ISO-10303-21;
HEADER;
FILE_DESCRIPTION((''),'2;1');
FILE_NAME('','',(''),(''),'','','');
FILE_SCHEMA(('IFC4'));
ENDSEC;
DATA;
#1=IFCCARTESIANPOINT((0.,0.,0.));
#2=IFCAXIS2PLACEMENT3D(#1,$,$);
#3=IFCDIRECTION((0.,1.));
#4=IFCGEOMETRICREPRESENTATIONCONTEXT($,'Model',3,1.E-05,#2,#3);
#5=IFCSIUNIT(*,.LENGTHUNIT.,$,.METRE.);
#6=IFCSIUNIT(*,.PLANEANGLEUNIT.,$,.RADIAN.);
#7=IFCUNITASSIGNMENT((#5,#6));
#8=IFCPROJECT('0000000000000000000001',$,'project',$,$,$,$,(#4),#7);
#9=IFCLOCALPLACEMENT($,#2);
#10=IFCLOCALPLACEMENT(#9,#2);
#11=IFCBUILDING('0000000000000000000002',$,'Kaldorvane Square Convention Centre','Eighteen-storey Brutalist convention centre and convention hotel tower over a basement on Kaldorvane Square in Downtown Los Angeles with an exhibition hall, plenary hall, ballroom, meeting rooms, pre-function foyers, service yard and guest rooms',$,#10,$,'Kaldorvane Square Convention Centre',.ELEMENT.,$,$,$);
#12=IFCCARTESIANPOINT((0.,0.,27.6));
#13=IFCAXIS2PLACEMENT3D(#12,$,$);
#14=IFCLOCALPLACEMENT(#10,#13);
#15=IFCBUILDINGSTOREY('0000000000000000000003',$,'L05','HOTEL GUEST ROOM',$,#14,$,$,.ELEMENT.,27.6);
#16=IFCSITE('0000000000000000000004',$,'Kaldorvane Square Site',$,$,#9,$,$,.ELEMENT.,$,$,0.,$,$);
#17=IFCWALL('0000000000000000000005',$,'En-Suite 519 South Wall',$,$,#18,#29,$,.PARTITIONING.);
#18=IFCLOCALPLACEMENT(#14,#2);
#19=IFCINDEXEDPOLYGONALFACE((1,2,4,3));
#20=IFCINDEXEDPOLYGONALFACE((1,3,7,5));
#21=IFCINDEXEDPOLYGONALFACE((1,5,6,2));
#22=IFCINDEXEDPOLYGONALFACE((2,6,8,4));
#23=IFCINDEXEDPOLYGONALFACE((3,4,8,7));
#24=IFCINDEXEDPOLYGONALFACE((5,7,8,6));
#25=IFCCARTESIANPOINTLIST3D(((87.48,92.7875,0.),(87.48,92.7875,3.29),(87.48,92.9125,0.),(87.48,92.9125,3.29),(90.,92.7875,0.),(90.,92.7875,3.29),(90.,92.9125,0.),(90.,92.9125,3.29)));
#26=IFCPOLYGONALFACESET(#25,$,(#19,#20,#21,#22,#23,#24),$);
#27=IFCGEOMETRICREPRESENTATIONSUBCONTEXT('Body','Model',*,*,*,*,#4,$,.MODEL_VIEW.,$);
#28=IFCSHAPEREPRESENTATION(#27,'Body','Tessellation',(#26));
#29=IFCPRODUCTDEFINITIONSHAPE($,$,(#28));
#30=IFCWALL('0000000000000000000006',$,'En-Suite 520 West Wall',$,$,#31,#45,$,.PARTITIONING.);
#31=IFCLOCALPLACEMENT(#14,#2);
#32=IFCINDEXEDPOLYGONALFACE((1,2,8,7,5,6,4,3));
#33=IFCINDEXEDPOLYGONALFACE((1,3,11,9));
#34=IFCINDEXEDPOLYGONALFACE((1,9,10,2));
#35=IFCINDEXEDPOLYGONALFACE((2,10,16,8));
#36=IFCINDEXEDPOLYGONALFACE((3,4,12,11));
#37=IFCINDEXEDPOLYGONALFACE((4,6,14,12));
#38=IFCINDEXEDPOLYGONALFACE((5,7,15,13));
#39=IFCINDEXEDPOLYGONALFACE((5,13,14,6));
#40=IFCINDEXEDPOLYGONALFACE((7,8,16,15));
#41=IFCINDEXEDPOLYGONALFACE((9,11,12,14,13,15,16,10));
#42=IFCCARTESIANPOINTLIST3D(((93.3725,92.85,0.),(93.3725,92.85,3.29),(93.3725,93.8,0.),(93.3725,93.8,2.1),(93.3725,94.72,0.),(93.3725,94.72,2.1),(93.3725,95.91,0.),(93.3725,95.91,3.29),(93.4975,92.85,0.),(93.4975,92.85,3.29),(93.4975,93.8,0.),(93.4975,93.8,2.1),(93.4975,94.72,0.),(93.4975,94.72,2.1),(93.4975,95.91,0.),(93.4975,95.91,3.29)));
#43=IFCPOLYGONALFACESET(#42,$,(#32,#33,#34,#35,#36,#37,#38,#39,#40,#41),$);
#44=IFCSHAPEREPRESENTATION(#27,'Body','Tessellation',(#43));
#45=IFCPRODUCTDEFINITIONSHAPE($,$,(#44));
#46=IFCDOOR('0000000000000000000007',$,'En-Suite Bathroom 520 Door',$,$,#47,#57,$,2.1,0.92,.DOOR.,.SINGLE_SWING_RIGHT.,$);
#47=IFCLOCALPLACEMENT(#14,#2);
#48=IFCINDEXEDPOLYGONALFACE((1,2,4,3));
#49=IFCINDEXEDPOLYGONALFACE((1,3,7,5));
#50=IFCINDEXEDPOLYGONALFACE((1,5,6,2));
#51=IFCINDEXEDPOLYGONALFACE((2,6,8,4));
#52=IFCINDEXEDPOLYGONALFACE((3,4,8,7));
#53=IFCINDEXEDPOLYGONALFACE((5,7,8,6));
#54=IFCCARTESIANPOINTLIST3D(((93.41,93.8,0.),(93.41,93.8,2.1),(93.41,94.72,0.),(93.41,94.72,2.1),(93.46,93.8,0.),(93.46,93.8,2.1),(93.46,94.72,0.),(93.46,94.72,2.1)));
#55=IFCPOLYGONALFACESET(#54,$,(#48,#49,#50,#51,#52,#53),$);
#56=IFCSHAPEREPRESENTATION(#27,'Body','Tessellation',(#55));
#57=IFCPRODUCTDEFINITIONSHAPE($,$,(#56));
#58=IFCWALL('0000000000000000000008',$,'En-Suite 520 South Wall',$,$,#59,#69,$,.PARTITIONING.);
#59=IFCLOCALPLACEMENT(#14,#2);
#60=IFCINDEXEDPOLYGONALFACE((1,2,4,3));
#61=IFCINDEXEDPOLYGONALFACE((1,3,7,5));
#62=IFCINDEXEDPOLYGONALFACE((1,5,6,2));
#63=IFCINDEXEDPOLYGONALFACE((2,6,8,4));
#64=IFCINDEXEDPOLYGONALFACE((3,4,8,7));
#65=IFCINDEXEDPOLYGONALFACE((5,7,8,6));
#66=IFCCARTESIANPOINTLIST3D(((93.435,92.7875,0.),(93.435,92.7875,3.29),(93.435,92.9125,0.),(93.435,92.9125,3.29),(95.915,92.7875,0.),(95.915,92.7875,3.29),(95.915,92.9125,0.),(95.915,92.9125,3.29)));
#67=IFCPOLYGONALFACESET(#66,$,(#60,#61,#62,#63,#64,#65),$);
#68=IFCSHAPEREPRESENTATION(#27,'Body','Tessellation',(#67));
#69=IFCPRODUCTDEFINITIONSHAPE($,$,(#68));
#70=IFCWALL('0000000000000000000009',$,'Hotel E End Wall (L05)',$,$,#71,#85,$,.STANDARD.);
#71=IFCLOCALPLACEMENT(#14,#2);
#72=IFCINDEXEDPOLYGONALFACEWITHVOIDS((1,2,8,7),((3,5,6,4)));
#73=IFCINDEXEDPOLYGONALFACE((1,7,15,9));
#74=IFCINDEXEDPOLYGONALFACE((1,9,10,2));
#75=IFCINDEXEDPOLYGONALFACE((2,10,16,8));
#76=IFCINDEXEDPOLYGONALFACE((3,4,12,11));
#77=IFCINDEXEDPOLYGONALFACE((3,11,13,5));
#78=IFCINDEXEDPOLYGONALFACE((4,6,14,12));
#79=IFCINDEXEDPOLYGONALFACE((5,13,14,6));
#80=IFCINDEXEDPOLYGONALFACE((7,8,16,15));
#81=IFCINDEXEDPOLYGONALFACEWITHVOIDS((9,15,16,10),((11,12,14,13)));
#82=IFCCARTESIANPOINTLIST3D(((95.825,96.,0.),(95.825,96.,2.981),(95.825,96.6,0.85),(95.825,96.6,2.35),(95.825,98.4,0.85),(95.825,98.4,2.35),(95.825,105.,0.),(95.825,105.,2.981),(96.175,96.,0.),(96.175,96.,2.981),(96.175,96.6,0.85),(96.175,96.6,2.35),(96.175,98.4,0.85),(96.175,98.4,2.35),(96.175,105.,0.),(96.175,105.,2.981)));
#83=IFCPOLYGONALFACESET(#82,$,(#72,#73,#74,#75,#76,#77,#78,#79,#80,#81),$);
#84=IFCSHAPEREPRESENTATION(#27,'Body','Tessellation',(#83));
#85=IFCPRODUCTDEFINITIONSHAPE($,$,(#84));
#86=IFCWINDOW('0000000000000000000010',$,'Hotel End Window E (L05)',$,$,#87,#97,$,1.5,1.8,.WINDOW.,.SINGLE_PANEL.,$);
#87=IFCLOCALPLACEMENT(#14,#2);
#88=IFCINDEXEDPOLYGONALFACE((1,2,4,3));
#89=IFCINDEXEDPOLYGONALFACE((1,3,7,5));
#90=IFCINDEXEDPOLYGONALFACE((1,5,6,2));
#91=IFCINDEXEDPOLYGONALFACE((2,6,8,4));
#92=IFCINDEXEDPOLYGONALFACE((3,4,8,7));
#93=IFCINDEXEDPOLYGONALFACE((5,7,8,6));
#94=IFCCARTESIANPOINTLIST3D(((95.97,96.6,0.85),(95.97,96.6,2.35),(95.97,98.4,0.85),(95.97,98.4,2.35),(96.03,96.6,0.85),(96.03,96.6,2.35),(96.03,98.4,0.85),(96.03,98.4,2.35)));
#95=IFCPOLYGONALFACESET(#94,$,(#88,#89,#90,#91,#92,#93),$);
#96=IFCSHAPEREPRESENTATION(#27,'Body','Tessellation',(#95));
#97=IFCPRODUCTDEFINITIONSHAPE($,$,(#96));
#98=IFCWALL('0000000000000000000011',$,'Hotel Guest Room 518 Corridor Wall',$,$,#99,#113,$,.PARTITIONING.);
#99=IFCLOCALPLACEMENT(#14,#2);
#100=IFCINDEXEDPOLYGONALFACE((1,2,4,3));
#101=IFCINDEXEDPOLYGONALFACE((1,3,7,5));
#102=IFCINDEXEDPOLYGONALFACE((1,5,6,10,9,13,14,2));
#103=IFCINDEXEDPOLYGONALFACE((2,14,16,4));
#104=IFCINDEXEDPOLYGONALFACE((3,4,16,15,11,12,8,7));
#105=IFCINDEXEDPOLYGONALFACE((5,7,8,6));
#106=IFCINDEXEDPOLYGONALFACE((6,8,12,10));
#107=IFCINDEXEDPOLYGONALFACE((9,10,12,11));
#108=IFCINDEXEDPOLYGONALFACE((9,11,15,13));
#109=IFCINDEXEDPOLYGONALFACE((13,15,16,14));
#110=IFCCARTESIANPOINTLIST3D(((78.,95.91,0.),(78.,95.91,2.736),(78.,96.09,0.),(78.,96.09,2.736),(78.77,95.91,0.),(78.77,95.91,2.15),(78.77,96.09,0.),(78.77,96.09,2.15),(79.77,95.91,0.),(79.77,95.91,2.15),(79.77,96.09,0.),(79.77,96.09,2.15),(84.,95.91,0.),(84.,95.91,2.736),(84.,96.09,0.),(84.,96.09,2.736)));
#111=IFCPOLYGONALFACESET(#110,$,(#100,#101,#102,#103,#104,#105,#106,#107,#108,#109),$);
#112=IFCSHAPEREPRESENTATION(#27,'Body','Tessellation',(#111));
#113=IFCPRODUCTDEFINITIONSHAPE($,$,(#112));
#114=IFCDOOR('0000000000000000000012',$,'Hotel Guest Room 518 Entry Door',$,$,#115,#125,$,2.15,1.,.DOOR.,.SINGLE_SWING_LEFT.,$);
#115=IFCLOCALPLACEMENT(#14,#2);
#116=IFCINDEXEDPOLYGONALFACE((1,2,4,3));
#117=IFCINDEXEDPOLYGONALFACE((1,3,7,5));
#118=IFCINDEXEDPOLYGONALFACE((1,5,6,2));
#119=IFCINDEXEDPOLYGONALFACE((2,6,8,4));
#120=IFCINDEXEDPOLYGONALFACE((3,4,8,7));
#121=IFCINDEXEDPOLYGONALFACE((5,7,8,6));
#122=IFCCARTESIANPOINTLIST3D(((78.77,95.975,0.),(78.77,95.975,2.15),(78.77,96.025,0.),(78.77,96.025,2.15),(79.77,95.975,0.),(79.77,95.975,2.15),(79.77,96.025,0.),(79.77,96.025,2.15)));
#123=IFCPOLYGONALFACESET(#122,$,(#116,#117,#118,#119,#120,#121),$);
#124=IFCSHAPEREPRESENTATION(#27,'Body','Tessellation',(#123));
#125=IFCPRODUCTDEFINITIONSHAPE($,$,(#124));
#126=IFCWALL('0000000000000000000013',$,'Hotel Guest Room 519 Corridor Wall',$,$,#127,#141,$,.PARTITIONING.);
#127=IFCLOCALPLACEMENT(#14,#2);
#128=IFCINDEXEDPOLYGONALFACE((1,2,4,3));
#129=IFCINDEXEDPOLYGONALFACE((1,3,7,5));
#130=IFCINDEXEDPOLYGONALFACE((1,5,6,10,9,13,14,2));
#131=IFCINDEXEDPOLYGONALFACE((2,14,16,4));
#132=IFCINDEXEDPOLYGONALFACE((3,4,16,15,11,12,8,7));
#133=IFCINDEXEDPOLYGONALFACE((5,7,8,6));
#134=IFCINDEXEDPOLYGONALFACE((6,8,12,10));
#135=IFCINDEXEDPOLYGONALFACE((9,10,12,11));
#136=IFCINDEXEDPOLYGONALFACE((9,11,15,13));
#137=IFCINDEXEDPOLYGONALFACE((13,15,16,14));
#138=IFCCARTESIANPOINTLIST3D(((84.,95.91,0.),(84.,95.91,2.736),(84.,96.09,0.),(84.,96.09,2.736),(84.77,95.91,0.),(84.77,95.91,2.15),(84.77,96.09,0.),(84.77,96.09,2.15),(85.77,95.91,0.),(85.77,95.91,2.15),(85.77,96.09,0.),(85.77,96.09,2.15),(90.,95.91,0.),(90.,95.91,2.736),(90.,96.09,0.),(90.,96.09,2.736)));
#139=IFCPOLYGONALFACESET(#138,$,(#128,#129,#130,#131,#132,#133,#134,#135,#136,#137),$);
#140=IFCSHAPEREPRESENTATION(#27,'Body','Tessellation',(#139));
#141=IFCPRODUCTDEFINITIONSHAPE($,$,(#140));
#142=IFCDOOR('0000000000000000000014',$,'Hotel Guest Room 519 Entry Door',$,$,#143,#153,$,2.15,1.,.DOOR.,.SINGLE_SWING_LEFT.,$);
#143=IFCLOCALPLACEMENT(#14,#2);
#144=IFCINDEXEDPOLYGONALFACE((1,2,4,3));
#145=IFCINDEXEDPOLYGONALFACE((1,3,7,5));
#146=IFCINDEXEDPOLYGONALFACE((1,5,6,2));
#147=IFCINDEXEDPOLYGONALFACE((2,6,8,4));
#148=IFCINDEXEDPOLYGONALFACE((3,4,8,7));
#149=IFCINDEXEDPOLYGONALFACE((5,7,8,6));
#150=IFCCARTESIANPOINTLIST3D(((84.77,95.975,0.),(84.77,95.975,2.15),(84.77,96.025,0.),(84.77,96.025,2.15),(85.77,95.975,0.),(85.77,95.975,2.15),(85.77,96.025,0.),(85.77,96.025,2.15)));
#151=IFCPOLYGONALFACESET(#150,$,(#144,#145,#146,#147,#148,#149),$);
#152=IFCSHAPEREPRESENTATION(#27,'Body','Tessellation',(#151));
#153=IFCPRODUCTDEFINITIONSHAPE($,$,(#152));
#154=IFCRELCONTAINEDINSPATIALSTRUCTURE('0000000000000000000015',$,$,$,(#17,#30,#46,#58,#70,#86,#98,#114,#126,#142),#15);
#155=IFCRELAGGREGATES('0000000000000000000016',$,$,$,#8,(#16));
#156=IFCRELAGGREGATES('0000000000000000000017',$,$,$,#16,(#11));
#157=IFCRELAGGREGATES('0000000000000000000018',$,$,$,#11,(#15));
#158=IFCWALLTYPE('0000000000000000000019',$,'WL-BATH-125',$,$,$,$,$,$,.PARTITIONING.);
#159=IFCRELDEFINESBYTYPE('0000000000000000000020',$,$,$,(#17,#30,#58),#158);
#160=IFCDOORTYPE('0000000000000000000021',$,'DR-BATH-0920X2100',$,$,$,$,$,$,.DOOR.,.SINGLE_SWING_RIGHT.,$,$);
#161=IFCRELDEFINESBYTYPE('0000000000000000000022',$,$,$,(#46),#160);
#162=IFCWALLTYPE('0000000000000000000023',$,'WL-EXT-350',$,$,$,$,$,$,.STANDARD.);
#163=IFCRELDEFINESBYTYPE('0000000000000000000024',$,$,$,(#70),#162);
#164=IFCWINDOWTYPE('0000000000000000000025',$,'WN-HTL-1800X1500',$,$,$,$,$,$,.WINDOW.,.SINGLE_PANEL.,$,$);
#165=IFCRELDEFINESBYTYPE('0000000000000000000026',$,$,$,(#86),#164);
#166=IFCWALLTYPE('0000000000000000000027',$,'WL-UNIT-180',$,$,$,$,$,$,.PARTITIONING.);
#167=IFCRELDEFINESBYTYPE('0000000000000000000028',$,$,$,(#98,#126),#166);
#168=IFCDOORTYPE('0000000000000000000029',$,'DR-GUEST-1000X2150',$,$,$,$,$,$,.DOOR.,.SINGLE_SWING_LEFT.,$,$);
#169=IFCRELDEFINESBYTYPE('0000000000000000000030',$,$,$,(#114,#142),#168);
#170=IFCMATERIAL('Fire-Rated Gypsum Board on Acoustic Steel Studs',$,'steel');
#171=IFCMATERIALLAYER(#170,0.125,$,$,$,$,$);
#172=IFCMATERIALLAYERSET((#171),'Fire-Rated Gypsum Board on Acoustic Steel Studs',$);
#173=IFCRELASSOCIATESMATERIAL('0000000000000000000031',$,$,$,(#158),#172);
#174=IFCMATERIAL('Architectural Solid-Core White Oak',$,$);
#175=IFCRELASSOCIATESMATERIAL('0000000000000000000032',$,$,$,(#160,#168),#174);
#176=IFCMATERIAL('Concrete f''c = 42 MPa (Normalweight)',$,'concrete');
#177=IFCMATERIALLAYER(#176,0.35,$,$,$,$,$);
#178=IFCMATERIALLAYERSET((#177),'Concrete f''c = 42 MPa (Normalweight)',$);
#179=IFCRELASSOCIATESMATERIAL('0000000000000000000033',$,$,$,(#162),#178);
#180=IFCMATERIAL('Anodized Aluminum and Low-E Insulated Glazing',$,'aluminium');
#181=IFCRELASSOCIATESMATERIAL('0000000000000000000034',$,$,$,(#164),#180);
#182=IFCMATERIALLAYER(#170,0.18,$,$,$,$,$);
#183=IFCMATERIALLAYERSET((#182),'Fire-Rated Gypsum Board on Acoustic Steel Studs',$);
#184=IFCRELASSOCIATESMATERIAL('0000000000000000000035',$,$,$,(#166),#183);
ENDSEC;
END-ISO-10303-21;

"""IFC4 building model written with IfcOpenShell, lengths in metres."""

from ifc_helpers import new_model, si_unit, direction, frame, frame_2d, origin, place, context, subcontext, project, spatial, rectangle, extrude, material, layer, layer_set, type_object, element, fill, save


model = new_model("IFC4")

# Units and contexts
model_context = context("Model", 3, precision=1e-05, world=origin(), true_north=direction((0.0, 1.0)))
body_context = subcontext(model_context, "Body", "Model", "MODEL_VIEW")
ifc_project = project(units=[si_unit("LENGTHUNIT", "METRE"), si_unit("PLANEANGLEUNIT", "RADIAN")], contexts=[model_context])

# Site, building, storey
site_placement = place(None, origin())
site = spatial("IfcSite", under=ifc_project, at=site_placement, Name="Kaldorvane Square Site", CompositionType="ELEMENT", RefElevation=0.0)
building_placement = place(site_placement, origin())
building = spatial("IfcBuilding", under=site, at=building_placement, Name="Kaldorvane Square Convention Centre", Description="Eighteen-storey Brutalist convention centre and convention hotel tower over a basement on Kaldorvane Square in Downtown Los Angeles with an exhibition hall, plenary hall, ballroom, meeting rooms, pre-function foyers, service yard and guest rooms", LongName="Kaldorvane Square Convention Centre", CompositionType="ELEMENT")
storey_placement = place(building_placement, frame((0.0, 0.0, 27.6)))
storey = spatial("IfcBuildingStorey", under=building, at=storey_placement, Name="L05", Description="HOTEL GUEST ROOM", CompositionType="ELEMENT", Elevation=27.6)

# Shared definitions
ifc_material_1 = material(Name="Anodized Aluminum and Low-E Insulated Glazing", Category="aluminium")

# Shared definitions
ifc_material_2 = material(Name="Fire-Rated Gypsum Board on Acoustic Steel Studs", Category="steel")
ifc_layer_1 = layer(ifc_material_2, 0.125)
ifc_layer_set_1 = layer_set([ifc_layer_1], Name="Fire-Rated Gypsum Board on Acoustic Steel Studs")
wall_type_1 = type_object("IfcWallType", Name="WL-BATH-125", PredefinedType="PARTITIONING", material=ifc_layer_set_1)
ifc_material_3 = material(Name="Architectural Solid-Core White Oak")
door_type_1 = type_object("IfcDoorType", Name="DR-BATH-0920X2100", OperationType="SINGLE_SWING_RIGHT", PredefinedType="DOOR", material=ifc_material_3)

# Wall
wall_1_placement = place(storey_placement, frame((87.48, 92.85, 0.0), z_axis=(0.0, 0.0, 1.0), x_axis=(1.0, 0.0, 0.0)))
element("IfcWall", 1, at=wall_1_placement, inside=storey, type_object=wall_type_1, Name="En-Suite 519 South Wall", PredefinedType="PARTITIONING", context=body_context, shape_type="SweptSolid", body=[
    extrude(rectangle(XDim=2.52, YDim=0.125, at=frame_2d((1.26, 0.0))), origin(), (0.0, 0.0, 1.0), 3.29),
])

# Wall, opening, door
wall_2_placement = place(storey_placement, frame((93.435, 92.85, 0.0), z_axis=(0.0, 0.0, 1.0), x_axis=(0.0, 1.0, 0.0)))
wall_2 = element("IfcWall", 2, at=wall_2_placement, inside=storey, type_object=wall_type_1, Name="En-Suite 520 West Wall", PredefinedType="PARTITIONING", context=body_context, shape_type="SweptSolid", body=[
    extrude(rectangle(XDim=3.06, YDim=0.125, at=frame_2d((1.53, 0.0))), origin(), (0.0, 0.0, 1.0), 3.29),
])
opening_1_placement = place(wall_2_placement, frame((0.95, 0.0, 0.0)))
opening_1 = element("IfcOpeningElement", 3, at=opening_1_placement, cuts=wall_2, PredefinedType="OPENING", context=body_context, shape_type="SweptSolid", body=[
    extrude(rectangle(XDim=0.92, YDim=2.1, at=frame_2d((0.46, 1.05))), frame((0.0, 0.0775, 0.0), z_axis=(0.0, -1.0, 0.0), x_axis=(1.0, 0.0, 0.0)), (0.0, 0.0, 1.0), 0.155),
])
door_1_placement = place(opening_1_placement, origin())
door_1 = element("IfcDoor", 4, at=door_1_placement, inside=storey, type_object=door_type_1, Name="En-Suite Bathroom 520 Door", OperationType="SINGLE_SWING_RIGHT", OverallHeight=2.1, OverallWidth=0.92, PredefinedType="DOOR", context=body_context, shape_type="SweptSolid", body=[
    extrude(rectangle(XDim=0.92, YDim=2.1, at=frame_2d((0.46, 1.05))), frame((0.0, 0.025, 0.0), z_axis=(0.0, -1.0, 0.0), x_axis=(1.0, 0.0, 0.0)), (0.0, 0.0, 1.0), 0.05),
])
fill(opening_1, door_1)

# Wall
wall_3_placement = place(storey_placement, frame((93.435, 92.85, 0.0), z_axis=(0.0, 0.0, 1.0), x_axis=(1.0, 0.0, 0.0)))
element("IfcWall", 5, at=wall_3_placement, inside=storey, type_object=wall_type_1, Name="En-Suite 520 South Wall", PredefinedType="PARTITIONING", context=body_context, shape_type="SweptSolid", body=[
    extrude(rectangle(XDim=2.48, YDim=0.125, at=frame_2d((1.24, 0.0))), origin(), (0.0, 0.0, 1.0), 3.29),
])

# Wall, opening, window
ifc_material_4 = material(Name="Concrete f'c = 42 MPa (Normalweight)", Category="concrete")
ifc_layer_2 = layer(ifc_material_4, 0.35)
ifc_layer_set_2 = layer_set([ifc_layer_2], Name="Concrete f'c = 42 MPa (Normalweight)")
wall_type_2 = type_object("IfcWallType", Name="WL-EXT-350", PredefinedType="STANDARD", material=ifc_layer_set_2)
wall_4_placement = place(storey_placement, frame((96.0, 96.0, 0.0), z_axis=(0.0, 0.0, 1.0), x_axis=(0.0, 1.0, 0.0)))
wall_4 = element("IfcWall", 6, at=wall_4_placement, inside=storey, type_object=wall_type_2, Name="Hotel E End Wall (L05)", PredefinedType="STANDARD", context=body_context, shape_type="SweptSolid", body=[
    extrude(rectangle(XDim=9.0, YDim=0.35, at=frame_2d((4.5, 0.0))), origin(), (0.0, 0.0, 1.0), 2.981),
])
opening_2_placement = place(wall_4_placement, frame((0.6, 0.0, 0.85)))
opening_2 = element("IfcOpeningElement", 7, at=opening_2_placement, cuts=wall_4, PredefinedType="OPENING", context=body_context, shape_type="SweptSolid", body=[
    extrude(rectangle(XDim=1.8, YDim=1.5, at=frame_2d((0.9, 0.75))), frame((0.0, 0.19, 0.0), z_axis=(0.0, -1.0, 0.0), x_axis=(1.0, 0.0, 0.0)), (0.0, 0.0, 1.0), 0.38),
])
window_type = type_object("IfcWindowType", Name="WN-HTL-1800X1500", PartitioningType="SINGLE_PANEL", PredefinedType="WINDOW", material=ifc_material_1)
window_placement = place(opening_2_placement, origin())
window = element("IfcWindow", 8, at=window_placement, inside=storey, type_object=window_type, Name="Hotel End Window E (L05)", OverallHeight=1.5, OverallWidth=1.8, PartitioningType="SINGLE_PANEL", PredefinedType="WINDOW", context=body_context, shape_type="SweptSolid", body=[
    extrude(rectangle(XDim=1.8, YDim=1.5, at=frame_2d((0.9, 0.75))), frame((0.0, 0.03, 0.0), z_axis=(0.0, -1.0, 0.0), x_axis=(1.0, 0.0, 0.0)), (0.0, 0.0, 1.0), 0.06),
])
fill(opening_2, window)

# Walls, openings, doors
ifc_layer_3 = layer(ifc_material_2, 0.18)
ifc_layer_set_3 = layer_set([ifc_layer_3], Name="Fire-Rated Gypsum Board on Acoustic Steel Studs")
wall_type_3 = type_object("IfcWallType", Name="WL-UNIT-180", PredefinedType="PARTITIONING", material=ifc_layer_set_3)
wall_5_placement = place(storey_placement, frame((78.0, 96.0, 0.0), z_axis=(0.0, 0.0, 1.0), x_axis=(1.0, 0.0, 0.0)))
wall_5 = element("IfcWall", 9, at=wall_5_placement, inside=storey, type_object=wall_type_3, Name="Hotel Guest Room 518 Corridor Wall", PredefinedType="PARTITIONING", context=body_context, shape_type="SweptSolid", body=[
    extrude(rectangle(XDim=6.0, YDim=0.18, at=frame_2d((3.0, 0.0))), origin(), (0.0, 0.0, 1.0), 2.736),
])
opening_3_placement = place(wall_5_placement, frame((0.77, 0.0, 0.0)))
opening_3 = element("IfcOpeningElement", 10, at=opening_3_placement, cuts=wall_5, PredefinedType="OPENING", context=body_context, shape_type="SweptSolid", body=[
    extrude(rectangle(XDim=1.0, YDim=2.15, at=frame_2d((0.5, 1.075))), frame((0.0, 0.105, 0.0), z_axis=(0.0, -1.0, 0.0), x_axis=(1.0, 0.0, 0.0)), (0.0, 0.0, 1.0), 0.21),
])
door_type_2 = type_object("IfcDoorType", Name="DR-GUEST-1000X2150", OperationType="SINGLE_SWING_LEFT", PredefinedType="DOOR", material=ifc_material_3)
door_2_placement = place(opening_3_placement, origin())
door_2 = element("IfcDoor", 11, at=door_2_placement, inside=storey, type_object=door_type_2, Name="Hotel Guest Room 518 Entry Door", OperationType="SINGLE_SWING_LEFT", OverallHeight=2.15, OverallWidth=1.0, PredefinedType="DOOR", context=body_context, shape_type="SweptSolid", body=[
    extrude(rectangle(XDim=1.0, YDim=2.15, at=frame_2d((0.5, 1.075))), frame((0.0, 0.025, 0.0), z_axis=(0.0, -1.0, 0.0), x_axis=(1.0, 0.0, 0.0)), (0.0, 0.0, 1.0), 0.05),
])
fill(opening_3, door_2)
wall_6_placement = place(storey_placement, frame((84.0, 96.0, 0.0), z_axis=(0.0, 0.0, 1.0), x_axis=(1.0, 0.0, 0.0)))
wall_6 = element("IfcWall", 12, at=wall_6_placement, inside=storey, type_object=wall_type_3, Name="Hotel Guest Room 519 Corridor Wall", PredefinedType="PARTITIONING", context=body_context, shape_type="SweptSolid", body=[
    extrude(rectangle(XDim=6.0, YDim=0.18, at=frame_2d((3.0, 0.0))), origin(), (0.0, 0.0, 1.0), 2.736),
])
opening_4_placement = place(wall_6_placement, frame((0.77, 0.0, 0.0)))
opening_4 = element("IfcOpeningElement", 13, at=opening_4_placement, cuts=wall_6, PredefinedType="OPENING", context=body_context, shape_type="SweptSolid", body=[
    extrude(rectangle(XDim=1.0, YDim=2.15, at=frame_2d((0.5, 1.075))), frame((0.0, 0.105, 0.0), z_axis=(0.0, -1.0, 0.0), x_axis=(1.0, 0.0, 0.0)), (0.0, 0.0, 1.0), 0.21),
])
door_3_placement = place(opening_4_placement, origin())
door_3 = element("IfcDoor", 14, at=door_3_placement, inside=storey, type_object=door_type_2, Name="Hotel Guest Room 519 Entry Door", OperationType="SINGLE_SWING_LEFT", OverallHeight=2.15, OverallWidth=1.0, PredefinedType="DOOR", context=body_context, shape_type="SweptSolid", body=[
    extrude(rectangle(XDim=1.0, YDim=2.15, at=frame_2d((0.5, 1.075))), frame((0.0, 0.025, 0.0), z_axis=(0.0, -1.0, 0.0), x_axis=(1.0, 0.0, 0.0)), (0.0, 0.0, 1.0), 0.05),
])
fill(opening_4, door_3)

save(model, "model.ifc")
